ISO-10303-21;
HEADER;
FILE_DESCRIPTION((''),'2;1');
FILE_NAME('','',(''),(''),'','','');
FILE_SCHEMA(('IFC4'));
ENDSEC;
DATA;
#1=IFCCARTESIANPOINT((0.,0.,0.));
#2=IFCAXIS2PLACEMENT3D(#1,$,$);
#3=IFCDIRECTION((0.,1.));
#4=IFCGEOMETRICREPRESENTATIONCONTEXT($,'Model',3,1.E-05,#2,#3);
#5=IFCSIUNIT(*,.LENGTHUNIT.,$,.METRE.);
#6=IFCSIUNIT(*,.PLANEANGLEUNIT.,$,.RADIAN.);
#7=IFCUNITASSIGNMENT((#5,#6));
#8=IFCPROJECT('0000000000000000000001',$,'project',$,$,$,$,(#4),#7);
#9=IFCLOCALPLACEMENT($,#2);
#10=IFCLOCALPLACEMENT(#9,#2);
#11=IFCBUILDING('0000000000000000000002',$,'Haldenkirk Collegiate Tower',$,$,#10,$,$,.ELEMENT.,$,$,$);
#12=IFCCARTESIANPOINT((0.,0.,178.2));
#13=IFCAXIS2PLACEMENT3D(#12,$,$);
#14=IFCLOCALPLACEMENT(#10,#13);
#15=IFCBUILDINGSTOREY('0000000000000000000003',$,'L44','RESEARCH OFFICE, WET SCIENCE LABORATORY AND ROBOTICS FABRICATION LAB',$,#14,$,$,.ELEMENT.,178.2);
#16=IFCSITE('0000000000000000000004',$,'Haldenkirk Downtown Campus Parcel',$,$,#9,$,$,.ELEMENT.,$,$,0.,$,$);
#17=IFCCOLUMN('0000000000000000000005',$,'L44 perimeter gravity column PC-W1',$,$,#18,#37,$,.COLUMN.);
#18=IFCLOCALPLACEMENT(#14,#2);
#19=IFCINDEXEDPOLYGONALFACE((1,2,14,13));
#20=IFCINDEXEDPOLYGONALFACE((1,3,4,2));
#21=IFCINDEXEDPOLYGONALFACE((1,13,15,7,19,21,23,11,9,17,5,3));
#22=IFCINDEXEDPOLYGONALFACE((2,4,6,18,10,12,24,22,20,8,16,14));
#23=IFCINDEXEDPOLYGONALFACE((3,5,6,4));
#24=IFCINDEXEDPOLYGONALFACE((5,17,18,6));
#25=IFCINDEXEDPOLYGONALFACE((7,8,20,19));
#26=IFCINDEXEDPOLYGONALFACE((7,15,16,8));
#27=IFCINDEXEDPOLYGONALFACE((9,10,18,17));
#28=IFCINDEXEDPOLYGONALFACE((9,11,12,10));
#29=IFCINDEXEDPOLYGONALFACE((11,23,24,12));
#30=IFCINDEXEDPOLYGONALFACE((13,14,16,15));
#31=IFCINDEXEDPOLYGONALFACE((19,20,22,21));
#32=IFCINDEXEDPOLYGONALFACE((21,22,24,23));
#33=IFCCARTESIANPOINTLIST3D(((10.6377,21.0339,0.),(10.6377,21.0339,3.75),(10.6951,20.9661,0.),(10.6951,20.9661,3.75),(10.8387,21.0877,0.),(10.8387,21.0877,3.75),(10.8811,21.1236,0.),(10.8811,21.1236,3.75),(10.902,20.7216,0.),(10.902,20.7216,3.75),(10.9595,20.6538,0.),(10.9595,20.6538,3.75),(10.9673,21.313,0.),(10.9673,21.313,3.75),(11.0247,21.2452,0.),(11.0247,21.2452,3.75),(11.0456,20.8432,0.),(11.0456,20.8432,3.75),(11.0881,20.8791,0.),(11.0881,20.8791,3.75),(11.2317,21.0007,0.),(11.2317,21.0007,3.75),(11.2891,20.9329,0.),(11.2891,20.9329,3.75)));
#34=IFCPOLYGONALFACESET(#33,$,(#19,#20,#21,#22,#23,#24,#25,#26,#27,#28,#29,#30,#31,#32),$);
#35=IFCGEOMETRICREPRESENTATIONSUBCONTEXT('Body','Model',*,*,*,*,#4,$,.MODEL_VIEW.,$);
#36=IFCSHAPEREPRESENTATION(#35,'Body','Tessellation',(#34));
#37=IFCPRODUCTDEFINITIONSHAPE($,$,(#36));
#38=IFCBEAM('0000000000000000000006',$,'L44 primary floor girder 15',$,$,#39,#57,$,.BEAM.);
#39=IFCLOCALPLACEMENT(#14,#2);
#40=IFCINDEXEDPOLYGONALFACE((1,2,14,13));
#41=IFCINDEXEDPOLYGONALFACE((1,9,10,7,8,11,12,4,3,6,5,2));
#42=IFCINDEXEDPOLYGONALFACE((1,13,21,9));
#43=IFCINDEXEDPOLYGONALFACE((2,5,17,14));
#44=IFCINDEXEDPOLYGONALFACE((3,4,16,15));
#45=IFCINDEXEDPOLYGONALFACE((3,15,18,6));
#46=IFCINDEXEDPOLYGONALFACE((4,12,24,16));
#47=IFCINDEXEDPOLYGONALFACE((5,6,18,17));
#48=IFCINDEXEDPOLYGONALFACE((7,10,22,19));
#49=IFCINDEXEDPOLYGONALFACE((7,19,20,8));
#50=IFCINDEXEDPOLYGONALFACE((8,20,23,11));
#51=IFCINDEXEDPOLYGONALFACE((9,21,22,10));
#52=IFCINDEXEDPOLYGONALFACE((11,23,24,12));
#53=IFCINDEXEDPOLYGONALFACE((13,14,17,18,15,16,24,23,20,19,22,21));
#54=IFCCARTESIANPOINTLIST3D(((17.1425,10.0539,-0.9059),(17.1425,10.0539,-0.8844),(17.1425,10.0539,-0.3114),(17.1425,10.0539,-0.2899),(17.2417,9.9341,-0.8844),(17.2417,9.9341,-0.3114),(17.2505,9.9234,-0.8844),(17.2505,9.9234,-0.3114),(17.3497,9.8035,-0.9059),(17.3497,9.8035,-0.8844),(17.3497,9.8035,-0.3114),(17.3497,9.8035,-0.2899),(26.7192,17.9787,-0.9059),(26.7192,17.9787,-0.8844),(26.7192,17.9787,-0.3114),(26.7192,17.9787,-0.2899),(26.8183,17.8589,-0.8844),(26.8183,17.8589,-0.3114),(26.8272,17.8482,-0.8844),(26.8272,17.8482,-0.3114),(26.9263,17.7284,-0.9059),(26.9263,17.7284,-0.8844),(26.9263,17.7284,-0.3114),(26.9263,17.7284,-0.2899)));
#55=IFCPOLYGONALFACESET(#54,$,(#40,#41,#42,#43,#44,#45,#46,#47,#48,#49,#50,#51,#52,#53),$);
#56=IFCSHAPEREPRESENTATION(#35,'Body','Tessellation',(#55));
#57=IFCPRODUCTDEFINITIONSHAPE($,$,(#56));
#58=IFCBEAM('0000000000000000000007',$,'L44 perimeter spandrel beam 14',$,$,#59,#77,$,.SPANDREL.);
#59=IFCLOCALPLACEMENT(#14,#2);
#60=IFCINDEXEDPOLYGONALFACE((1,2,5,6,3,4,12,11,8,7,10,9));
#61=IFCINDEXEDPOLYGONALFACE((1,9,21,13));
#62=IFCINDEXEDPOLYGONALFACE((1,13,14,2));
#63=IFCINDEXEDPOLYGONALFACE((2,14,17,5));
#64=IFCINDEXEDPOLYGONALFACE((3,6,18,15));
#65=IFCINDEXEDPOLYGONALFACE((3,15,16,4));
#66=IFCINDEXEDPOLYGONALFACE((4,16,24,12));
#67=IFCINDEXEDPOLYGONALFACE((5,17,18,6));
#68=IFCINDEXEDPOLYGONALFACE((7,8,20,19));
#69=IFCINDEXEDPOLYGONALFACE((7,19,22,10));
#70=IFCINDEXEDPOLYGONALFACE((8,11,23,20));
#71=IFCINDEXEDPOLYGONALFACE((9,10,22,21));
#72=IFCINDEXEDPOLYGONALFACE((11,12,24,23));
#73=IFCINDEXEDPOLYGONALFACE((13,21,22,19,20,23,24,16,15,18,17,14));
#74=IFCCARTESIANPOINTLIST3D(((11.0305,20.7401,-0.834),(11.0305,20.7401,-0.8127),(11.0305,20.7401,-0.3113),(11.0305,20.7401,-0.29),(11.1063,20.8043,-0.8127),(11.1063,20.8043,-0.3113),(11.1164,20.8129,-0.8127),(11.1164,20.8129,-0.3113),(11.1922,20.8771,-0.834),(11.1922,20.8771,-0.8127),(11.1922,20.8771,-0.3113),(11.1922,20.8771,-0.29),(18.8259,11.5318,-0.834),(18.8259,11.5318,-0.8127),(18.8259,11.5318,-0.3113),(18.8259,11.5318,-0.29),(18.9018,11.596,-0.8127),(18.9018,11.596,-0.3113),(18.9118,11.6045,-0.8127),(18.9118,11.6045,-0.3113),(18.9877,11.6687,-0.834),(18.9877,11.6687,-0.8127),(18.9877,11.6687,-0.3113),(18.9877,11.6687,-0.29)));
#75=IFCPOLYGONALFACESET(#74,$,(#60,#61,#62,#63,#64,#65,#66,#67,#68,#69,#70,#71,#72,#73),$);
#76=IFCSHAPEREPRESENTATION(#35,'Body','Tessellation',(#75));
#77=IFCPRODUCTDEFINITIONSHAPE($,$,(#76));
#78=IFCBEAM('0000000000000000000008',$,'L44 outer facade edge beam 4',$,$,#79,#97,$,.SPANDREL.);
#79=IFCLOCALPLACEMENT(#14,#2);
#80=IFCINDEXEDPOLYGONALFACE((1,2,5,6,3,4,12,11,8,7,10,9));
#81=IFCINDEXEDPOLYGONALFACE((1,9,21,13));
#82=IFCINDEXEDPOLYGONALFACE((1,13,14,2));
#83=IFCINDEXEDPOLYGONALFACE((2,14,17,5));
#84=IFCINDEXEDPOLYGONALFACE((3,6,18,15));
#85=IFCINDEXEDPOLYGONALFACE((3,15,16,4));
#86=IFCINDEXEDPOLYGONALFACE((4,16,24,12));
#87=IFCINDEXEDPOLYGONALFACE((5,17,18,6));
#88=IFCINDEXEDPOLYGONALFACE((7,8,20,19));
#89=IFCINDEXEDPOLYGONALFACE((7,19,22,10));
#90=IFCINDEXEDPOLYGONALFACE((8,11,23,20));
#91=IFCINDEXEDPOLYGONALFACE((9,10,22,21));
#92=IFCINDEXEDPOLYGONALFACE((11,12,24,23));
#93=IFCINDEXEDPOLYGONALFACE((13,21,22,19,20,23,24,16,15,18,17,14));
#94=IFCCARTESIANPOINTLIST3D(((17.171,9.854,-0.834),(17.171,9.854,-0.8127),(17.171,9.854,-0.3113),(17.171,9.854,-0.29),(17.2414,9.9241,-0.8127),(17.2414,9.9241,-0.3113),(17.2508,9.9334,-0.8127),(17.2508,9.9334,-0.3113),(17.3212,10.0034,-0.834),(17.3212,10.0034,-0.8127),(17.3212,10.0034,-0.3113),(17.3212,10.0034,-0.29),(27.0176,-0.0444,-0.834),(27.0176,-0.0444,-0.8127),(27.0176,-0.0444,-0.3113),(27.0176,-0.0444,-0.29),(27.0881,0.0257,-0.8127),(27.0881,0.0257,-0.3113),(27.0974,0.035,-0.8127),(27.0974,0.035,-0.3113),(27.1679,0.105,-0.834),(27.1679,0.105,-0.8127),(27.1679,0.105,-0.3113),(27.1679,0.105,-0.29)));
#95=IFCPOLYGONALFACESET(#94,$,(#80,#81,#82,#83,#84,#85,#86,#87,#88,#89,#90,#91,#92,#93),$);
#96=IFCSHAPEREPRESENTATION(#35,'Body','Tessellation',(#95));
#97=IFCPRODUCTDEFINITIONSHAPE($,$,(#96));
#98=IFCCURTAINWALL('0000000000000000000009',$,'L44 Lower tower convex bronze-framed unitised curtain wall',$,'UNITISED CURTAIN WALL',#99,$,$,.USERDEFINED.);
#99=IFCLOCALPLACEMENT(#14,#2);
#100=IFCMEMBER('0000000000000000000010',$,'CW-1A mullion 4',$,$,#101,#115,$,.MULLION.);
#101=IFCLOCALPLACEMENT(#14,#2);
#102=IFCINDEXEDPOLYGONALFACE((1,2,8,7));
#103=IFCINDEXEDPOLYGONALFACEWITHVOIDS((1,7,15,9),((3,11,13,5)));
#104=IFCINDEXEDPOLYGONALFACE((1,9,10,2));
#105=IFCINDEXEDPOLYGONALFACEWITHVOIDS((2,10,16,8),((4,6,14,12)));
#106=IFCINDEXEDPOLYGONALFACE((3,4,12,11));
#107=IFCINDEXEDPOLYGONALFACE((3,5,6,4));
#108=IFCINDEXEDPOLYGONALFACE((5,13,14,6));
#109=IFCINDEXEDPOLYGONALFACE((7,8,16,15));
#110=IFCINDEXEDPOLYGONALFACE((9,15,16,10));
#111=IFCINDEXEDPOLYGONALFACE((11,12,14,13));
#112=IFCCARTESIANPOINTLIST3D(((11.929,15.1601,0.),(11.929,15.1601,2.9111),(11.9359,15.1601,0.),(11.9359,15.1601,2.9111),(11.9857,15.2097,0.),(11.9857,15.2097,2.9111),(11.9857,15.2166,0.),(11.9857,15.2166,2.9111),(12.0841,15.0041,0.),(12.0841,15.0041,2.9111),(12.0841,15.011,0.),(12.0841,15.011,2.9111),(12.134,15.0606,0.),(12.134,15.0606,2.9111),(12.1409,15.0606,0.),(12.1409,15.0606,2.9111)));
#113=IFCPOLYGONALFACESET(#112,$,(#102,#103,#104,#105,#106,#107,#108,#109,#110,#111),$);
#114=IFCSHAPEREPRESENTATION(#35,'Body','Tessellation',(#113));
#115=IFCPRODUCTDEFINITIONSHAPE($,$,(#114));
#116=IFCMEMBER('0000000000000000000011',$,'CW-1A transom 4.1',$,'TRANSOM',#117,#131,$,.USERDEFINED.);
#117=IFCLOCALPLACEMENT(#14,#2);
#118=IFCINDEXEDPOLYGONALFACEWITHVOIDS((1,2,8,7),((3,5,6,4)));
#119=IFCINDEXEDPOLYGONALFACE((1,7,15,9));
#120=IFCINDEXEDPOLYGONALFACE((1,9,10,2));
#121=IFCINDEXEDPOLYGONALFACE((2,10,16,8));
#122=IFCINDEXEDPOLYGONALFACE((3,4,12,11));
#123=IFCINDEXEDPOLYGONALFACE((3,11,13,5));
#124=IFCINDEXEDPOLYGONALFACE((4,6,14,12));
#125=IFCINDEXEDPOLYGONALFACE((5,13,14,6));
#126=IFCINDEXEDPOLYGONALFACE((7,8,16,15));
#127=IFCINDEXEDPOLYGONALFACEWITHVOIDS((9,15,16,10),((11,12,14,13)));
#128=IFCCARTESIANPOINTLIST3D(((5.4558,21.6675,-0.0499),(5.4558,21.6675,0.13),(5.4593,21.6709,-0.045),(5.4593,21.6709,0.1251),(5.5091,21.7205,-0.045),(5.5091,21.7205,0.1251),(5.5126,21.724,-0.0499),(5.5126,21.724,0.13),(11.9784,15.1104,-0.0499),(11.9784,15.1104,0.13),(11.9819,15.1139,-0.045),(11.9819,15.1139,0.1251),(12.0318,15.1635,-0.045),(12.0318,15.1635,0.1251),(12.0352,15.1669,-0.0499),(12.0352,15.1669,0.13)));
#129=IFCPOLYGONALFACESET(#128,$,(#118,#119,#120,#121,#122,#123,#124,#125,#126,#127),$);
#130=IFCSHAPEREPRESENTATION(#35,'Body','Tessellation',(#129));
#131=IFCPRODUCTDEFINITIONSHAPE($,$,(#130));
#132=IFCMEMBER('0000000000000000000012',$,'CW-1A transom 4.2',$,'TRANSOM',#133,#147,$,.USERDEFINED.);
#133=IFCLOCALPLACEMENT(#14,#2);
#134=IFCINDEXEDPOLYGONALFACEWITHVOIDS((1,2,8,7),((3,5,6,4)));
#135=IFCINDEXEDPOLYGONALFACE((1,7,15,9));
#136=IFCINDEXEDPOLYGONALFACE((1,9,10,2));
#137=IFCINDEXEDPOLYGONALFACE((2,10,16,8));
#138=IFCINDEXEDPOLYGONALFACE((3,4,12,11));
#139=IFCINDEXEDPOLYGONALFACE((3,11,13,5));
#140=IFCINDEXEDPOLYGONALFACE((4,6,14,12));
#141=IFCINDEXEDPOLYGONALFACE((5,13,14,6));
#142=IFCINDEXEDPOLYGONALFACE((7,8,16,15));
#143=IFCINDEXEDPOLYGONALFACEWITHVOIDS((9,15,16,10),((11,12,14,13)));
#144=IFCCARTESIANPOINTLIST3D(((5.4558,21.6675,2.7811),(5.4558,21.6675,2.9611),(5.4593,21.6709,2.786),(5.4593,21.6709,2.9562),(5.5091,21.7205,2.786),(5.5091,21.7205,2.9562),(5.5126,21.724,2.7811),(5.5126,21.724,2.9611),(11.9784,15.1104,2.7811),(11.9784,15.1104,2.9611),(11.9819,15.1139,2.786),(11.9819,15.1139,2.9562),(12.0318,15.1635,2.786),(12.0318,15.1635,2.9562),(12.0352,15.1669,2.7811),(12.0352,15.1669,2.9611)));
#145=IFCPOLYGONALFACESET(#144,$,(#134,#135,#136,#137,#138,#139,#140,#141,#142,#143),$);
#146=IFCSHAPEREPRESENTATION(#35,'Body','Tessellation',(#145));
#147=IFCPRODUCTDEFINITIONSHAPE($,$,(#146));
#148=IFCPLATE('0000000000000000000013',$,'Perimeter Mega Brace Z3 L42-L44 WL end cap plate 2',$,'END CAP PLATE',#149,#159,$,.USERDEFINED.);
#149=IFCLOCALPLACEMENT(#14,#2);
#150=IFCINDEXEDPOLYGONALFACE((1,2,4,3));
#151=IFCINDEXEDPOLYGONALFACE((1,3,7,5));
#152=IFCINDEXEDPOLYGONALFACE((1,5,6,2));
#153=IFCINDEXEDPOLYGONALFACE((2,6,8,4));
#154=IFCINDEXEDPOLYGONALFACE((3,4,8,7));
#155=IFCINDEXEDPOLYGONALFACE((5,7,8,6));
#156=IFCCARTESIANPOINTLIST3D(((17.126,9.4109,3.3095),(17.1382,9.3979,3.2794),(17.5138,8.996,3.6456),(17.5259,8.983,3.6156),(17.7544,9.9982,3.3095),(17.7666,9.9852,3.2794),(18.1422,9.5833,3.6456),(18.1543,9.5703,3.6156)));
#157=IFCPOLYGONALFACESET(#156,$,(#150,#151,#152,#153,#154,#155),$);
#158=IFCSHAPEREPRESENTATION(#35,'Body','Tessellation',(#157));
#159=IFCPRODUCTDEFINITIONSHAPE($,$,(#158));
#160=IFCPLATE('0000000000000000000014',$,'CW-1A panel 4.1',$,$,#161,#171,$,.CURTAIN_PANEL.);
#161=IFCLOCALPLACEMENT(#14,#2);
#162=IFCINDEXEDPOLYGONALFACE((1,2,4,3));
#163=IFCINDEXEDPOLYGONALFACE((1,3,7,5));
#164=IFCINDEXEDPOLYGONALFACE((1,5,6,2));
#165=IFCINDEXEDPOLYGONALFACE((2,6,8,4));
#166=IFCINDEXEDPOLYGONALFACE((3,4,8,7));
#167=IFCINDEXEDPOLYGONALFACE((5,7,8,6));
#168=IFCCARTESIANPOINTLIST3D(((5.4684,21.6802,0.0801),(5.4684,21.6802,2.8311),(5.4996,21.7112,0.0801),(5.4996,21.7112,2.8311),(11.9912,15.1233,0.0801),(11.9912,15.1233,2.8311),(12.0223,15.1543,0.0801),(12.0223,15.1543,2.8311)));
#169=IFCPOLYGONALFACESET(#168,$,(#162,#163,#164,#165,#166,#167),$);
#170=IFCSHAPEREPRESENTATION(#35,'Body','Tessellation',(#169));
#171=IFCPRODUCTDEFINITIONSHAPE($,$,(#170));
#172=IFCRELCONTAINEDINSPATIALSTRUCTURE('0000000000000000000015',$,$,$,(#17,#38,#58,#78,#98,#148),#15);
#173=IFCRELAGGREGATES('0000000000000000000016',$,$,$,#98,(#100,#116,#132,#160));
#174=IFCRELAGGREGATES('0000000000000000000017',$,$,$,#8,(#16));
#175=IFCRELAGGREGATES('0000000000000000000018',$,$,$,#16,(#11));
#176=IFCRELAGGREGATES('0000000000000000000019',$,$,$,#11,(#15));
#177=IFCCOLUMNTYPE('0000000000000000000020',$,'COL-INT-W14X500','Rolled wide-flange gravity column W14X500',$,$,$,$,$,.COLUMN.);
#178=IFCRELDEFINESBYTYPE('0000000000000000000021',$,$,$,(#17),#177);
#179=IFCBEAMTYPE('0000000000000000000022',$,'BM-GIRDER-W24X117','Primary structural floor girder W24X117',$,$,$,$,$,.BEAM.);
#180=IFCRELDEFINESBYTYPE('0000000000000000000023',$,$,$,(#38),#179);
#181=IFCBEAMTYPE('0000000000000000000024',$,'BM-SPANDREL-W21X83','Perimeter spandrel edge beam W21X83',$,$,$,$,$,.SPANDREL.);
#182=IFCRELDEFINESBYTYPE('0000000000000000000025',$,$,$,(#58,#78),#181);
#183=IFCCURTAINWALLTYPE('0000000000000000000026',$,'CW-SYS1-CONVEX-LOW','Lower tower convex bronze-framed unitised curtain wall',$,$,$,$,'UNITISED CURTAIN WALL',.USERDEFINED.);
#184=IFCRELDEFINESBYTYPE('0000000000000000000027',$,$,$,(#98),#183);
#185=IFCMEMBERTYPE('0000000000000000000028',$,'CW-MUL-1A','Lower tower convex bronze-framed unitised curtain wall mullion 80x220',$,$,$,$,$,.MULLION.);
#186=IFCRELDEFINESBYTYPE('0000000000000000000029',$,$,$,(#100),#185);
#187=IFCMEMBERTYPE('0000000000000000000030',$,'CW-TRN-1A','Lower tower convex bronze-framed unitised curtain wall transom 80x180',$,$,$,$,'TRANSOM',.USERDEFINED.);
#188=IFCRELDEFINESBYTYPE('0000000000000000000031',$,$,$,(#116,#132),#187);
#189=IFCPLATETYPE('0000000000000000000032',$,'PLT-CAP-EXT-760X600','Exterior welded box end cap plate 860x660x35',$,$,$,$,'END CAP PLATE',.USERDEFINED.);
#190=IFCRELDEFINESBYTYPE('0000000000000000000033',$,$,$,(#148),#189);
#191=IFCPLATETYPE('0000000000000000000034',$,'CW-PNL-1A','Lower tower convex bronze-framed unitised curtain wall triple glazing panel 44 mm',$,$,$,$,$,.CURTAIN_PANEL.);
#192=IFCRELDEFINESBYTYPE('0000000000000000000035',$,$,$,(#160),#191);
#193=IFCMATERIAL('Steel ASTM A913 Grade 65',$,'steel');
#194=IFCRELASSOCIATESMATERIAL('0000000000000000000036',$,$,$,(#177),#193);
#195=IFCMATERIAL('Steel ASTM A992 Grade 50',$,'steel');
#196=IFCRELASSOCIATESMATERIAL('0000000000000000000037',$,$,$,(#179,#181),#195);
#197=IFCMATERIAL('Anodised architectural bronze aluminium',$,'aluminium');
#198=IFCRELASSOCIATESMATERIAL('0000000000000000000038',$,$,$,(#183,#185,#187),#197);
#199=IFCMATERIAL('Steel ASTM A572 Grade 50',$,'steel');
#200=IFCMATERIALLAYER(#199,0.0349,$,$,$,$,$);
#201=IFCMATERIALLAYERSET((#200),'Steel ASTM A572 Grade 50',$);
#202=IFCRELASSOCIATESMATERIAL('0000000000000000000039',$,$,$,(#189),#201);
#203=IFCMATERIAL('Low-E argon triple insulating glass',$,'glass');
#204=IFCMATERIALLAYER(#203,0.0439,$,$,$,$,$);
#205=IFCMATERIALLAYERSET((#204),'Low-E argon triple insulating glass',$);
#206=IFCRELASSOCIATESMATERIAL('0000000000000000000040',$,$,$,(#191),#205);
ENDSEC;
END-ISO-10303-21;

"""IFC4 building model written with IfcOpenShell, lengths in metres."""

from ifc_helpers import new_model, si_unit, direction, frame, origin, origin_2d, place, context, subcontext, project, spatial, rectangle, hollow_rectangle, i_section, extrude, source, transform, mapped, material, layer, layer_set, material_profile, profile_set, type_object, element, aggregate, save


model = new_model("IFC4")

# Units and contexts
model_context = context("Model", 3, precision=1e-05, world=origin(), true_north=direction((0.0, 1.0)))
body_context = subcontext(model_context, "Body", "Model", "MODEL_VIEW")
ifc_project = project(units=[si_unit("LENGTHUNIT", "METRE"), si_unit("PLANEANGLEUNIT", "RADIAN")], contexts=[model_context])

# Site, building, storey
site_placement = place(None, origin())
site = spatial("IfcSite", under=ifc_project, at=site_placement, Name="Haldenkirk Downtown Campus Parcel", CompositionType="ELEMENT", RefElevation=0.0)
building_placement = place(site_placement, origin())
building = spatial("IfcBuilding", under=site, at=building_placement, Name="Haldenkirk Collegiate Tower", CompositionType="ELEMENT")
storey_placement = place(building_placement, frame((0.0, 0.0, 178.2)))
storey = spatial("IfcBuildingStorey", under=building, at=storey_placement, Name="L44", Description="RESEARCH OFFICE, WET SCIENCE LABORATORY AND ROBOTICS FABRICATION LAB", CompositionType="ELEMENT", Elevation=178.2)

# Column
ifc_material_1 = material(Name="Steel ASTM A913 Grade 65", Category="steel")
ifc_material_profile_1 = material_profile(ifc_material_1, i_section(OverallWidth=0.4319, OverallDepth=0.498, WebThickness=0.0557, FlangeThickness=0.0889, at=origin_2d()), Name="W14X500")
ifc_profile_set_1 = profile_set([ifc_material_profile_1], Name="Steel ASTM A913 Grade 65")
column_type = type_object("IfcColumnType", Name="COL-INT-W14X500", Description="Rolled wide-flange gravity column W14X500", PredefinedType="COLUMN", material=ifc_profile_set_1)
column_placement = place(storey_placement, frame((10.9634, 20.9834, 0.0), z_axis=(0.0, 0.0, 1.0), x_axis=(0.763232, 0.646124, 0.0)))
element("IfcColumn", 1, at=column_placement, inside=storey, type_object=column_type, Name="L44 perimeter gravity column PC-W1", PredefinedType="COLUMN", context=body_context, shape_type="SweptSolid", body=[
    extrude(i_section(OverallWidth=0.4319, OverallDepth=0.498, WebThickness=0.0557, FlangeThickness=0.0889, at=origin_2d()), origin(), (0.0, 0.0, 1.0), 3.75),
])

# Beams
ifc_material_2 = material(Name="Steel ASTM A992 Grade 50", Category="steel")
ifc_material_profile_2 = material_profile(ifc_material_2, i_section(OverallWidth=0.325, OverallDepth=0.616, WebThickness=0.0139, FlangeThickness=0.0215, at=origin_2d()), Name="W24X117")
ifc_profile_set_2 = profile_set([ifc_material_profile_2], Name="Steel ASTM A992 Grade 50")
beam_type_1 = type_object("IfcBeamType", Name="BM-GIRDER-W24X117", Description="Primary structural floor girder W24X117", PredefinedType="BEAM", material=ifc_profile_set_2)
beam_1_placement = place(storey_placement, frame((17.2461, 9.9287, -0.5979), z_axis=(0.770422, 0.637534, 0.0), x_axis=(-0.637534, 0.770422, 0.0)))
element("IfcBeam", 2, at=beam_1_placement, inside=storey, type_object=beam_type_1, Name="L44 primary floor girder 15", PredefinedType="BEAM", context=body_context, shape_type="SweptSolid", body=[
    extrude(i_section(OverallWidth=0.325, OverallDepth=0.616, WebThickness=0.0139, FlangeThickness=0.0215, at=origin_2d()), origin(), (0.0, 0.0, 1.0), 12.4304),
])
ifc_material_profile_3 = material_profile(ifc_material_2, i_section(OverallWidth=0.2119, OverallDepth=0.5439, WebThickness=0.0132, FlangeThickness=0.0212, at=origin_2d()), Name="W21X83")
ifc_profile_set_3 = profile_set([ifc_material_profile_3], Name="Steel ASTM A992 Grade 50")
beam_type_2 = type_object("IfcBeamType", Name="BM-SPANDREL-W21X83", Description="Perimeter spandrel edge beam W21X83", PredefinedType="SPANDREL", material=ifc_profile_set_3)
beam_2_placement = place(storey_placement, frame((11.1113, 20.8086, -0.562), z_axis=(0.646126, -0.76323, 0.0), x_axis=(0.76323, 0.646126, 0.0)))
element("IfcBeam", 3, at=beam_2_placement, inside=storey, type_object=beam_type_2, Name="L44 perimeter spandrel beam 14", PredefinedType="SPANDREL", context=body_context, shape_type="SweptSolid", body=[
    extrude(i_section(OverallWidth=0.2119, OverallDepth=0.5439, WebThickness=0.0132, FlangeThickness=0.0212, at=origin_2d()), origin(), (0.0, 0.0, 1.0), 12.0649),
])
beam_3_placement = place(storey_placement, frame((17.2461, 9.9287, -0.562), z_axis=(0.705251, -0.708958, 0.0), x_axis=(0.708958, 0.705251, 0.0)))
element("IfcBeam", 4, at=beam_3_placement, inside=storey, type_object=beam_type_2, Name="L44 outer facade edge beam 4", PredefinedType="SPANDREL", context=body_context, shape_type="SweptSolid", body=[
    extrude(i_section(OverallWidth=0.2119, OverallDepth=0.5439, WebThickness=0.0132, FlangeThickness=0.0212, at=origin_2d()), origin(), (0.0, 0.0, 1.0), 13.9619),
])

# Curtain wall, members
ifc_material_3 = material(Name="Anodised architectural bronze aluminium", Category="aluminium")
curtain_wall_type = type_object("IfcCurtainWallType", Name="CW-SYS1-CONVEX-LOW", Description="Lower tower convex bronze-framed unitised curtain wall", ElementType="UNITISED CURTAIN WALL", PredefinedType="USERDEFINED", material=ifc_material_3)
curtain_wall_placement = place(storey_placement, origin())
curtain_wall = element("IfcCurtainWall", 5, at=curtain_wall_placement, inside=storey, type_object=curtain_wall_type, Name="L44 Lower tower convex bronze-framed unitised curtain wall", ObjectType="UNITISED CURTAIN WALL", PredefinedType="USERDEFINED")
ifc_material_profile_4 = material_profile(ifc_material_3, hollow_rectangle(XDim=0.0801, YDim=0.22, WallThickness=0.0049, at=origin_2d()), Name="CW-MUL-1A")
ifc_profile_set_4 = profile_set([ifc_material_profile_4], Name="Anodised architectural bronze aluminium")
member_type_1 = type_object("IfcMemberType", Name="CW-MUL-1A", Description="Lower tower convex bronze-framed unitised curtain wall mullion 80x220", PredefinedType="MULLION", material=ifc_profile_set_4)
member_1_placement = place(storey_placement, frame((12.0349, 15.1104, 0.0), z_axis=(0.0, 0.0, 1.0), x_axis=(-0.708954, -0.705255, 0.0)))
member_1 = element("IfcMember", 6, at=member_1_placement, type_object=member_type_1, Name="CW-1A mullion 4", PredefinedType="MULLION", context=body_context, shape_type="SweptSolid", body=[
    extrude(hollow_rectangle(XDim=0.0801, YDim=0.22, WallThickness=0.0049, at=origin_2d()), origin(), (0.0, 0.0, 1.0), 2.9111),
])
ifc_material_profile_5 = material_profile(ifc_material_3, hollow_rectangle(XDim=0.0801, YDim=0.1799, WallThickness=0.0049, at=origin_2d()), Name="CW-TRN-1A")
ifc_profile_set_5 = profile_set([ifc_material_profile_5], Name="Anodised architectural bronze aluminium")
member_type_2 = type_object("IfcMemberType", Name="CW-TRN-1A", Description="Lower tower convex bronze-framed unitised curtain wall transom 80x180", ElementType="TRANSOM", PredefinedType="USERDEFINED", material=ifc_profile_set_5)
member_2_placement = place(storey_placement, frame((12.0068, 15.1387, 0.04), z_axis=(-0.705243, 0.708965, 0.0), x_axis=(-0.708965, -0.705243, 0.0)))
member_2 = element("IfcMember", 7, at=member_2_placement, type_object=member_type_2, Name="CW-1A transom 4.1", ObjectType="TRANSOM", PredefinedType="USERDEFINED", context=body_context, shape_type="SweptSolid", body=[
    extrude(hollow_rectangle(XDim=0.0801, YDim=0.1799, WallThickness=0.0049, at=origin_2d()), origin(), (0.0, 0.0, 1.0), 9.2488),
])
member_3_placement = place(storey_placement, frame((12.0068, 15.1387, 2.8711), z_axis=(-0.705243, 0.708965, 0.0), x_axis=(-0.708965, -0.705243, 0.0)))
member_3 = element("IfcMember", 8, at=member_3_placement, type_object=member_type_2, Name="CW-1A transom 4.2", ObjectType="TRANSOM", PredefinedType="USERDEFINED", context=body_context, shape_type="SweptSolid", body=[
    extrude(hollow_rectangle(XDim=0.0801, YDim=0.1799, WallThickness=0.0049, at=origin_2d()), origin(), (0.0, 0.0, 1.0), 9.2488),
])

# Plates
ifc_material_4 = material(Name="Steel ASTM A572 Grade 50", Category="steel")
ifc_layer_1 = layer(ifc_material_4, 0.0349)
ifc_layer_set_1 = layer_set([ifc_layer_1], Name="Steel ASTM A572 Grade 50")
plate_type_1 = type_object("IfcPlateType", Name="PLT-CAP-EXT-760X600", Description="Exterior welded box end cap plate 860x660x35", ElementType="END CAP PLATE", PredefinedType="USERDEFINED", material=ifc_layer_set_1)
shared_shape_1 = source(origin(), body_context, "Body", "SweptSolid", [
    extrude(rectangle(XDim=0.8601, YDim=0.6599, at=origin_2d()), origin(), (0.0, 0.0, 1.0), 0.0349),
])
plate_1_placement = place(storey_placement, frame((17.6462, 9.4841, 3.4475), z_axis=(-0.347804, 0.372159, 0.860541), x_axis=(-0.730609, -0.682796, 0.0)))
element("IfcPlate", 9, at=plate_1_placement, inside=storey, type_object=plate_type_1, Name="Perimeter Mega Brace Z3 L42-L44 WL end cap plate 2", ObjectType="END CAP PLATE", PredefinedType="USERDEFINED", context=body_context, shape_type="MappedRepresentation", body=[
    mapped(shared_shape_1, transform((0.0, 0.0, 0.0), x_axis=(1.0, 0.0, 0.0), y_axis=(0.0, 1.0, 0.0), z_axis=(0.0, 0.0, 1.0), scale=1.0)),
])
ifc_material_5 = material(Name="Low-E argon triple insulating glass", Category="glass")
ifc_layer_2 = layer(ifc_material_5, 0.0439)
ifc_layer_set_2 = layer_set([ifc_layer_2], Name="Low-E argon triple insulating glass")
plate_type_2 = type_object("IfcPlateType", Name="CW-PNL-1A", Description="Lower tower convex bronze-framed unitised curtain wall triple glazing panel 44 mm", PredefinedType="CURTAIN_PANEL", material=ifc_layer_set_2)
shared_shape_2 = source(origin(), body_context, "Body", "SweptSolid", [
    extrude(rectangle(XDim=9.2488, YDim=0.0439, at=origin_2d()), origin(), (0.0, 0.0, 1.0), 2.751),
])
plate_2_placement = place(storey_placement, frame((8.7454, 18.4172, 0.0801), z_axis=(0.0, 0.0, 1.0), x_axis=(-0.705255, 0.708954, 0.0)))
plate_2 = element("IfcPlate", 10, at=plate_2_placement, type_object=plate_type_2, Name="CW-1A panel 4.1", PredefinedType="CURTAIN_PANEL", context=body_context, shape_type="MappedRepresentation", body=[
    mapped(shared_shape_2, transform((0.0, 0.0, 0.0), x_axis=(1.0, 0.0, 0.0), y_axis=(0.0, 1.0, 0.0), z_axis=(0.0, 0.0, 1.0), scale=1.0)),
])
aggregate(curtain_wall, [member_1, member_2, member_3, plate_2])

save(model, "model.ifc")
